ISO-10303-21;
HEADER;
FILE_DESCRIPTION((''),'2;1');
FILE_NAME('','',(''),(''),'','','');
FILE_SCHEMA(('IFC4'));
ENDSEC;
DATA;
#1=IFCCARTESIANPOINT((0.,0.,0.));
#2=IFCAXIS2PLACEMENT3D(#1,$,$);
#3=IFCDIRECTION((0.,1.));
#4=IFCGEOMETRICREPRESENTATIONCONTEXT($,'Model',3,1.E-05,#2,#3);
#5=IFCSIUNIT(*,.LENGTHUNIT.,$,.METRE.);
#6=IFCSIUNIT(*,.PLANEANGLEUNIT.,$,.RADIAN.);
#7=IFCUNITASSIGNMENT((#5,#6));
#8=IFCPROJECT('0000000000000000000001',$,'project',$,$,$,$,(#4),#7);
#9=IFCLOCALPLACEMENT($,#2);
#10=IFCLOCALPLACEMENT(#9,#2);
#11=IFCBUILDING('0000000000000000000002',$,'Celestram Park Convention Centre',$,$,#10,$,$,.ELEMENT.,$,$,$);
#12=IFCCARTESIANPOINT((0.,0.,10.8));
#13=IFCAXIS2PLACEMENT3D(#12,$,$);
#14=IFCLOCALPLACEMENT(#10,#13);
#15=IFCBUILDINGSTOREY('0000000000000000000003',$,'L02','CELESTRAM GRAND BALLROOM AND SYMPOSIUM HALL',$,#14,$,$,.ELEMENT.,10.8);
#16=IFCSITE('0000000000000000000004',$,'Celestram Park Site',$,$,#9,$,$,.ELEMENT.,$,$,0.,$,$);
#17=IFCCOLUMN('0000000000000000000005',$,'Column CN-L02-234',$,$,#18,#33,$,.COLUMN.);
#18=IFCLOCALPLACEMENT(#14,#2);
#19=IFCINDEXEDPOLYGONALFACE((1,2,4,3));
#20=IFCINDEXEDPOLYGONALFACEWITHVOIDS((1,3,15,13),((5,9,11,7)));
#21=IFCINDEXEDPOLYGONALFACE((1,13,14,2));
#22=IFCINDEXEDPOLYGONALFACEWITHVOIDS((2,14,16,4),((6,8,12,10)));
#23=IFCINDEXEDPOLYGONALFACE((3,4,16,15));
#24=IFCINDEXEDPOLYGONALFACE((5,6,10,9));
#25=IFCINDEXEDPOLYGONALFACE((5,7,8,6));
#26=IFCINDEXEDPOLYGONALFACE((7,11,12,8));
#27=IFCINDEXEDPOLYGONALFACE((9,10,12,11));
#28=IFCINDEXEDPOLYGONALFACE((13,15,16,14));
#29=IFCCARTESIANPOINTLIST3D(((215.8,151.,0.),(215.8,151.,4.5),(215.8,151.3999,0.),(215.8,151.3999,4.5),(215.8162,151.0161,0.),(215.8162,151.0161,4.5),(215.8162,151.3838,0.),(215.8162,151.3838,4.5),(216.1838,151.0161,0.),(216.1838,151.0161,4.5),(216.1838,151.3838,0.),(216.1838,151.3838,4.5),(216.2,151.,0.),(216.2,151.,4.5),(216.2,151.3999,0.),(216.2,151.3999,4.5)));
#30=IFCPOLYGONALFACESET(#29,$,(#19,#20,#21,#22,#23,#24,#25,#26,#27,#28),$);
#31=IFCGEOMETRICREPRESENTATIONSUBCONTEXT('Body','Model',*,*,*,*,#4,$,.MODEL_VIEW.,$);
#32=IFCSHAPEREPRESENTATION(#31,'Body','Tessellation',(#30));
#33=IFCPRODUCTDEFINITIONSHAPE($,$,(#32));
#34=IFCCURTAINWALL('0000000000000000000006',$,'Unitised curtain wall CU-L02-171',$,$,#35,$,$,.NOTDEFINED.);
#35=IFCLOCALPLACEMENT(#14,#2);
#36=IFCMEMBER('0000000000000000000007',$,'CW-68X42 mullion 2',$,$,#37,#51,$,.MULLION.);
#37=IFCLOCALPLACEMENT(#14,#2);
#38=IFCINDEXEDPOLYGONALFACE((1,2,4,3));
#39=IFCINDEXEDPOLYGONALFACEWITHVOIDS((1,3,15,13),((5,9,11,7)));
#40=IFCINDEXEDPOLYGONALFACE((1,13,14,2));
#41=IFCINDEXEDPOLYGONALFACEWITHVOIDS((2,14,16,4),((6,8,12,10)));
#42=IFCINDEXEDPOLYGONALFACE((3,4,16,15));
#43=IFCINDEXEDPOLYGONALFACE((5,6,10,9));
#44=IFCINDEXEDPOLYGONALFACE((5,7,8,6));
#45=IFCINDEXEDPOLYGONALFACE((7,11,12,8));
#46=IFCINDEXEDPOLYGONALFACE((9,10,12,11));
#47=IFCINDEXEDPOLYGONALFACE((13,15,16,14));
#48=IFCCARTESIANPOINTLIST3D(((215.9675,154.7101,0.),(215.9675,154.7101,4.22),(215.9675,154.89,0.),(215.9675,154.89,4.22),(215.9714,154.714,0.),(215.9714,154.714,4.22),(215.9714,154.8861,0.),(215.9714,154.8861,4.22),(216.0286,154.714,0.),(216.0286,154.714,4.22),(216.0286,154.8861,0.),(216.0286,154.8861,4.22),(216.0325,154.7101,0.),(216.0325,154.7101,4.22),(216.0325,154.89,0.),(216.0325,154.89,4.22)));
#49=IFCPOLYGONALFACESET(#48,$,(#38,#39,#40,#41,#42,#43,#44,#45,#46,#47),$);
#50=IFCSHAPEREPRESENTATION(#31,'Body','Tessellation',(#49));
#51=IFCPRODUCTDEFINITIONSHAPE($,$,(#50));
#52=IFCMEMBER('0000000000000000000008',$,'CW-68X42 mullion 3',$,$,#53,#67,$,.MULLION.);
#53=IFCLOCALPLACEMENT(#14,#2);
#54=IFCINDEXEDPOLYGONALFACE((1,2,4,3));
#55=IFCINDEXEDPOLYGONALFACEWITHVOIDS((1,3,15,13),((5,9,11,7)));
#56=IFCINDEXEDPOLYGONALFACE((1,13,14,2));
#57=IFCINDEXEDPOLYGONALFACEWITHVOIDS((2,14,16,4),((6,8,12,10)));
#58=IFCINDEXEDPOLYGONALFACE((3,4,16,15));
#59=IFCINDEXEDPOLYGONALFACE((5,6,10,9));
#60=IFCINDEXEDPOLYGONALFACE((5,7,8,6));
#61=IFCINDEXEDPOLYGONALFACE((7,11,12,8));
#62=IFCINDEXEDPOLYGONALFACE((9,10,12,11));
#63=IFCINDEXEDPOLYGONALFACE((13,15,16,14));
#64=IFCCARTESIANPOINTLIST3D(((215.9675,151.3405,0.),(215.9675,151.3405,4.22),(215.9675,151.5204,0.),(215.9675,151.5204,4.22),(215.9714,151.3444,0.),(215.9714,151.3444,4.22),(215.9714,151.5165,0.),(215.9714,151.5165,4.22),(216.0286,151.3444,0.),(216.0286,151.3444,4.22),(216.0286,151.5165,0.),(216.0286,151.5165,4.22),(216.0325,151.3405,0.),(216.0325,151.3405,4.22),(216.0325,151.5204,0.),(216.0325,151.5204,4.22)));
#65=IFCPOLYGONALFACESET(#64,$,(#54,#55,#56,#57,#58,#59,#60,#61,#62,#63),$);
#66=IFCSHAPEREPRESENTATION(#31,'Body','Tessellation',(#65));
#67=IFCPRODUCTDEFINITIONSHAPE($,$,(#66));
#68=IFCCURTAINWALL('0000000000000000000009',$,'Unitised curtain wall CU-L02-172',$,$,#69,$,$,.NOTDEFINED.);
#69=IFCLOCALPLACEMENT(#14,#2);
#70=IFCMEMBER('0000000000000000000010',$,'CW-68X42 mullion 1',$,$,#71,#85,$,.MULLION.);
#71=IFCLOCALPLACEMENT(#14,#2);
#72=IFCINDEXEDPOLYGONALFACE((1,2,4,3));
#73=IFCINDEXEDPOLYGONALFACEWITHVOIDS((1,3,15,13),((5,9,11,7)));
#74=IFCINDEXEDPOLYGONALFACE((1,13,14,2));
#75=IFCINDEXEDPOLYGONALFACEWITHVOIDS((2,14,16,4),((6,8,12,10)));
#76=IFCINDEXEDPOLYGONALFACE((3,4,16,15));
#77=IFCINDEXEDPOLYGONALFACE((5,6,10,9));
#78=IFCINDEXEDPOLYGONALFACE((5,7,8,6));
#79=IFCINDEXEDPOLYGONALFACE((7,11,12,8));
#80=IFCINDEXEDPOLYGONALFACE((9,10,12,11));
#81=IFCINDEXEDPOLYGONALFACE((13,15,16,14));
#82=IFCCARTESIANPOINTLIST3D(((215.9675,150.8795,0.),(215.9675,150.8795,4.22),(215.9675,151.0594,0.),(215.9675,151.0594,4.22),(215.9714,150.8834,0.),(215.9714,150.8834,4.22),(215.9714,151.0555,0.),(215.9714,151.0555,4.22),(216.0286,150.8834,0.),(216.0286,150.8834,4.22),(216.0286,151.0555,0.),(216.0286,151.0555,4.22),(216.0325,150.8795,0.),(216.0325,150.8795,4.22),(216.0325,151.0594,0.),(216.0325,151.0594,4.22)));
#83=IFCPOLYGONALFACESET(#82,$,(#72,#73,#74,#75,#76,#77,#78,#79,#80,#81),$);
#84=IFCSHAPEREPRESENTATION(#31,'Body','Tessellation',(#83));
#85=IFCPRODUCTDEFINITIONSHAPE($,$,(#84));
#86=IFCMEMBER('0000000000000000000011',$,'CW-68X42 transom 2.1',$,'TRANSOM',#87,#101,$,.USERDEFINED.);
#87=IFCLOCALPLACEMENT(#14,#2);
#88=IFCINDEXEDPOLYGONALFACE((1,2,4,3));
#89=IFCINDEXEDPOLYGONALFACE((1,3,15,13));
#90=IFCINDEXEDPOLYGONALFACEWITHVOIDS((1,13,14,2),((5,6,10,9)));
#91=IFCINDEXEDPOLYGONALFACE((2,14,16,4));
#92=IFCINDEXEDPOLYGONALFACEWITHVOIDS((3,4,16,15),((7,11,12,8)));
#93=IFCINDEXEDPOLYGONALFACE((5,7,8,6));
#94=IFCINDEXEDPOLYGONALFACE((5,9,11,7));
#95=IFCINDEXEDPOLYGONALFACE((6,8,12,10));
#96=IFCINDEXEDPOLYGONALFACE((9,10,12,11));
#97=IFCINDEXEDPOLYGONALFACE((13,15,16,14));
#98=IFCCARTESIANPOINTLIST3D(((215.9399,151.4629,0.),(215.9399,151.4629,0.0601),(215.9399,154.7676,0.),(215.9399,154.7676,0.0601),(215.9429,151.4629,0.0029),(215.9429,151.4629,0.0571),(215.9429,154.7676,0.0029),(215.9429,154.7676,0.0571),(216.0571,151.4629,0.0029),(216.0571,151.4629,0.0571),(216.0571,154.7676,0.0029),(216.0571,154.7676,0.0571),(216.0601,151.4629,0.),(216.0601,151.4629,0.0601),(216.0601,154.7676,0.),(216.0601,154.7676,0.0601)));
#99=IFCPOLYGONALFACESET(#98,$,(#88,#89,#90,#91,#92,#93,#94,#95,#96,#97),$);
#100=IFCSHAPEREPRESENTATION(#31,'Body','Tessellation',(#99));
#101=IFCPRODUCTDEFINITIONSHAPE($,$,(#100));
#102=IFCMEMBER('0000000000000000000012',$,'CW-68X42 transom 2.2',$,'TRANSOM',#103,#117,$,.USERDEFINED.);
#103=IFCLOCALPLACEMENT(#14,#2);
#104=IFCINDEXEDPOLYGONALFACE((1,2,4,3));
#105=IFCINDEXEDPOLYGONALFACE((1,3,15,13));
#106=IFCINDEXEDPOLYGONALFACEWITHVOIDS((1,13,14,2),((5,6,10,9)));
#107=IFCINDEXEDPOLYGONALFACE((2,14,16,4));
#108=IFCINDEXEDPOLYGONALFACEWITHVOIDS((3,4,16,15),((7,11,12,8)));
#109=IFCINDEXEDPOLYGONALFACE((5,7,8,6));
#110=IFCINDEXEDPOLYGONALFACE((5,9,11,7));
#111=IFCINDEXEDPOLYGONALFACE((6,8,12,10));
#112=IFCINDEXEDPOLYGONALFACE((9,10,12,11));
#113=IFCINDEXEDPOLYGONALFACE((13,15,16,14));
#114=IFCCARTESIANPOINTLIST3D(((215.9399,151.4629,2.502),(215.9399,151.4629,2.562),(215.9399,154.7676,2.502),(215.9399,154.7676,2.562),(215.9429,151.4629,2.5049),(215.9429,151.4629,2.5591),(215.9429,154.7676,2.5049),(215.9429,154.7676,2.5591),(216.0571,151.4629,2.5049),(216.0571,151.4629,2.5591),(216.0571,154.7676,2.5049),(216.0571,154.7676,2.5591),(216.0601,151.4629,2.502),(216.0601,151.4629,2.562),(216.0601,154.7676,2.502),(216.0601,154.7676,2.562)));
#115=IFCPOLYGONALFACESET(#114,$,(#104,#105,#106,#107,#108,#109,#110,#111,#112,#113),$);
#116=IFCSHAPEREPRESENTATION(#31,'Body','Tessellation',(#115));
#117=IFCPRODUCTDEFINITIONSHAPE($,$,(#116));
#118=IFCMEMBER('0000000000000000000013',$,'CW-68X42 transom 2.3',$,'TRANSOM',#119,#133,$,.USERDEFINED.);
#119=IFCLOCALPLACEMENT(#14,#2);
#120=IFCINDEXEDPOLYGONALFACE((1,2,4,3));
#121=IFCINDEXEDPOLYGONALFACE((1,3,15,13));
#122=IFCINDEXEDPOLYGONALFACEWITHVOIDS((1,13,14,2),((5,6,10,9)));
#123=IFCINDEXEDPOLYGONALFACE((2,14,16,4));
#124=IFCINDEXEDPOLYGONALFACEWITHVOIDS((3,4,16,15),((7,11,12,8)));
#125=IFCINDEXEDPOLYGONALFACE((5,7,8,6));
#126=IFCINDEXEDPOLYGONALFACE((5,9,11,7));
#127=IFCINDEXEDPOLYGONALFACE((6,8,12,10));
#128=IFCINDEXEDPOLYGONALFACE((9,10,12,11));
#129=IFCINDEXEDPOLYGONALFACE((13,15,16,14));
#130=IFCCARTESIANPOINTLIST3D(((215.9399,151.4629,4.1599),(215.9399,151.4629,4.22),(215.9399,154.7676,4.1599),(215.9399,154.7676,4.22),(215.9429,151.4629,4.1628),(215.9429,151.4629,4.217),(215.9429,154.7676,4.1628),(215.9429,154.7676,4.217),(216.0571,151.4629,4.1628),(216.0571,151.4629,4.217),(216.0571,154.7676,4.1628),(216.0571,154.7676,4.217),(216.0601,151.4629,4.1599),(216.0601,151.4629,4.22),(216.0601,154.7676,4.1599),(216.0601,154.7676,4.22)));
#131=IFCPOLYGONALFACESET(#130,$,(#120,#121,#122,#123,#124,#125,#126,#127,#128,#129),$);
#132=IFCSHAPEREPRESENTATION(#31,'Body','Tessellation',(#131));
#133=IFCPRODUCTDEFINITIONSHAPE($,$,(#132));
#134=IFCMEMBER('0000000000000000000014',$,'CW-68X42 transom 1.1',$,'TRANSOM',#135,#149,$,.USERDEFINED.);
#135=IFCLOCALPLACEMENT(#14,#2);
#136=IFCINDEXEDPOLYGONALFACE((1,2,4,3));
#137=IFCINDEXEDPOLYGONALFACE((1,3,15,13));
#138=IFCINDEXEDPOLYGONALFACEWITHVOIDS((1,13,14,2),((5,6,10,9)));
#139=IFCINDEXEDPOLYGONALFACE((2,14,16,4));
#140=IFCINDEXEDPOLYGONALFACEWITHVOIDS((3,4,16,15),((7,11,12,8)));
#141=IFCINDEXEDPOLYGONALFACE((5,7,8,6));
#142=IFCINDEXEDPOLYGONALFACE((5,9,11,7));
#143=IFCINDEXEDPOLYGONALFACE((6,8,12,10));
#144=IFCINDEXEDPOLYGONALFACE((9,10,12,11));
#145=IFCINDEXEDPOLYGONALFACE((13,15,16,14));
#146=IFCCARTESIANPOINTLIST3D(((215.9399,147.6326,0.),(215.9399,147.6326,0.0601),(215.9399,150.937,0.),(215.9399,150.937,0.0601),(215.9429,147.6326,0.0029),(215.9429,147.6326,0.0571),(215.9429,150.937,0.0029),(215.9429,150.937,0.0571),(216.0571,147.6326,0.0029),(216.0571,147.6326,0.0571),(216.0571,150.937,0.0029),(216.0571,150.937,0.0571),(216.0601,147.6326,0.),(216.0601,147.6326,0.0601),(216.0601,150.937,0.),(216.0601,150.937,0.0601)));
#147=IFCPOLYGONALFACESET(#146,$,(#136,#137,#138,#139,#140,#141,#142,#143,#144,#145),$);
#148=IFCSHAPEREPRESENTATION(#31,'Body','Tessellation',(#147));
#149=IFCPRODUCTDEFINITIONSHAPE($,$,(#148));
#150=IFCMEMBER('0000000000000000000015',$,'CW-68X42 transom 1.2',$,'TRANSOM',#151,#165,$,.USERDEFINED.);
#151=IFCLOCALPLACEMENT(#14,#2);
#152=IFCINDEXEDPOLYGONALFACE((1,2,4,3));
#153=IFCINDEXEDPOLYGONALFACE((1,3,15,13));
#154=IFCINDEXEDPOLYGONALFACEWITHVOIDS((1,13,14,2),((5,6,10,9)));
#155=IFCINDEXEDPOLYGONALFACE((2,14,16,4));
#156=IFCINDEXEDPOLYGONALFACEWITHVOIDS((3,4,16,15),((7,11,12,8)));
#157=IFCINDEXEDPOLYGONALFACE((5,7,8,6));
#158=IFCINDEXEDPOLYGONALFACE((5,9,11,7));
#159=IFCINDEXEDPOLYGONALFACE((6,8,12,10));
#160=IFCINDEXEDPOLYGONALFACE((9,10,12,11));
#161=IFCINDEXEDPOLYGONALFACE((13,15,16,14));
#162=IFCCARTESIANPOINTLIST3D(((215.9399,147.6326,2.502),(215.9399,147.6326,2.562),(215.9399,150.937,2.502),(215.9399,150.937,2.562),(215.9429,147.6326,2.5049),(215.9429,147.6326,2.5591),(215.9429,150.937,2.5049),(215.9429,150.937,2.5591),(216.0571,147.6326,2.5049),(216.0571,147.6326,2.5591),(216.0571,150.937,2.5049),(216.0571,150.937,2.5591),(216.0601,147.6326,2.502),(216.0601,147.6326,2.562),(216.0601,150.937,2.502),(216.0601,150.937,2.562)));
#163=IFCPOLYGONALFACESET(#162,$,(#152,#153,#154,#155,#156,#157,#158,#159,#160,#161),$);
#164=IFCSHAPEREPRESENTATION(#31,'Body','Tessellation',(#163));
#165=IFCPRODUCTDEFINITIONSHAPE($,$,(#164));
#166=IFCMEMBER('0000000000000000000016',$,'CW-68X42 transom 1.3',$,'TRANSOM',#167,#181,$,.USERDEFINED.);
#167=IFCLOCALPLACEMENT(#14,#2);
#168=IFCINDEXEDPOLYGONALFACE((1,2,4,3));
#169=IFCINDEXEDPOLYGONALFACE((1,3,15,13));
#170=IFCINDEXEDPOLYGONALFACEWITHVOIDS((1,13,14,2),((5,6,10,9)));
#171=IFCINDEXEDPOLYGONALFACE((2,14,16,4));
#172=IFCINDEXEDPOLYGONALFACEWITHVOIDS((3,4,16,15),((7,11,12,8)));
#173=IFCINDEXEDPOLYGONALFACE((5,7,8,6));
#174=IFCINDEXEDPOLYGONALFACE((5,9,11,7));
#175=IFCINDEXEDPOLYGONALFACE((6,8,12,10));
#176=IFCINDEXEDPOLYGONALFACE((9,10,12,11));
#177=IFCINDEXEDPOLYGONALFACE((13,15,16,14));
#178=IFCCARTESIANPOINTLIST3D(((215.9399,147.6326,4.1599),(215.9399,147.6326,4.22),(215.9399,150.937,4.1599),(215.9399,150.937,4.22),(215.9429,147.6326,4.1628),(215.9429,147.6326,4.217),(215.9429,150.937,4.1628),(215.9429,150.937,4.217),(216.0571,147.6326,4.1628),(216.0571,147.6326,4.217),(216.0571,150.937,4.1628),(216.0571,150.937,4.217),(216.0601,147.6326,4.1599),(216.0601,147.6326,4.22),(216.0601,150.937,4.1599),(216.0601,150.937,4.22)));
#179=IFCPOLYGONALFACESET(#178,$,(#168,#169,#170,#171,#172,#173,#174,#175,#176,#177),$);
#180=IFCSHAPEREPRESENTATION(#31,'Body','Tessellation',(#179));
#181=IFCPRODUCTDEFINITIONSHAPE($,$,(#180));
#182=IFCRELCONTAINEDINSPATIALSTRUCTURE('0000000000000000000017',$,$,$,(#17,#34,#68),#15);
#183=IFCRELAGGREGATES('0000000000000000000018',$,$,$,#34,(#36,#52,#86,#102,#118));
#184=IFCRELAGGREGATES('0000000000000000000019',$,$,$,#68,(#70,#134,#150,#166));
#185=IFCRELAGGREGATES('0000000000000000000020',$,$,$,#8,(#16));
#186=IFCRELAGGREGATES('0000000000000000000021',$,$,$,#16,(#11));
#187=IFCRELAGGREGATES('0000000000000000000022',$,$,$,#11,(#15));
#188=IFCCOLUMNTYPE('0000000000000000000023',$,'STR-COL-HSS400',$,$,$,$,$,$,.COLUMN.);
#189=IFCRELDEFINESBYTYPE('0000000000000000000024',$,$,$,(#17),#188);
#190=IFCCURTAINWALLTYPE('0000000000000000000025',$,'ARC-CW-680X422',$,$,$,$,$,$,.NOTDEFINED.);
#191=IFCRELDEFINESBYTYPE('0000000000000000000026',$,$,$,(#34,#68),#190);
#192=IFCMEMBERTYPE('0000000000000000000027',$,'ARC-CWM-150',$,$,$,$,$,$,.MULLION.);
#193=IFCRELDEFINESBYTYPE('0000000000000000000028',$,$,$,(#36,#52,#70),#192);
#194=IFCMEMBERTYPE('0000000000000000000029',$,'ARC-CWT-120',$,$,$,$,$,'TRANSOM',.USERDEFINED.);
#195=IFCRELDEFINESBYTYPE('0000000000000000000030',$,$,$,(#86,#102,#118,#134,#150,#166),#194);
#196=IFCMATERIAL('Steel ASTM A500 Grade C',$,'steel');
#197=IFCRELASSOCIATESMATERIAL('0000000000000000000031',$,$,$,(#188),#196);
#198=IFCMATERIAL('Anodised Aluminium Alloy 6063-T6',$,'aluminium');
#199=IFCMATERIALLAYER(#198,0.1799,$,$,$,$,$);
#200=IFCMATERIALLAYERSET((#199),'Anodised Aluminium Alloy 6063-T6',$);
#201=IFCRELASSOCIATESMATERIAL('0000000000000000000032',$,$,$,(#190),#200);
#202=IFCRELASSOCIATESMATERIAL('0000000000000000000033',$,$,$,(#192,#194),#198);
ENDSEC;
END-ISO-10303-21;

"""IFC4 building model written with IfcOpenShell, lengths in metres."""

from ifc_helpers import new_model, si_unit, direction, frame, origin, origin_2d, place, context, subcontext, project, spatial, hollow_rectangle, extrude, material, layer, layer_set, material_profile, profile_set, type_object, element, aggregate, save


model = new_model("IFC4")

# Units and contexts
model_context = context("Model", 3, precision=1e-05, world=origin(), true_north=direction((0.0, 1.0)))
body_context = subcontext(model_context, "Body", "Model", "MODEL_VIEW")
ifc_project = project(units=[si_unit("LENGTHUNIT", "METRE"), si_unit("PLANEANGLEUNIT", "RADIAN")], contexts=[model_context])

# Site, building, storey
site_placement = place(None, origin())
site = spatial("IfcSite", under=ifc_project, at=site_placement, Name="Celestram Park Site", CompositionType="ELEMENT", RefElevation=0.0)
building_placement = place(site_placement, origin())
building = spatial("IfcBuilding", under=site, at=building_placement, Name="Celestram Park Convention Centre", CompositionType="ELEMENT")
storey_placement = place(building_placement, frame((0.0, 0.0, 10.8)))
storey = spatial("IfcBuildingStorey", under=building, at=storey_placement, Name="L02", Description="CELESTRAM GRAND BALLROOM AND SYMPOSIUM HALL", CompositionType="ELEMENT", Elevation=10.8)

# Column
ifc_material_1 = material(Name="Steel ASTM A500 Grade C", Category="steel")
ifc_material_profile_1 = material_profile(ifc_material_1, hollow_rectangle(XDim=0.3999, YDim=0.3999, WallThickness=0.0161, at=origin_2d()), Name="HSS400X400X16")
ifc_profile_set_1 = profile_set([ifc_material_profile_1], Name="Steel ASTM A500 Grade C")
column_type = type_object("IfcColumnType", Name="STR-COL-HSS400", PredefinedType="COLUMN", material=ifc_profile_set_1)
column_placement = place(storey_placement, frame((216.0, 151.2, 0.0), z_axis=(0.0, 0.0, 1.0), x_axis=(1.0, 0.0, 0.0)))
element("IfcColumn", 1, at=column_placement, inside=storey, type_object=column_type, Name="Column CN-L02-234", PredefinedType="COLUMN", context=body_context, shape_type="SweptSolid", body=[
    extrude(hollow_rectangle(XDim=0.3999, YDim=0.3999, WallThickness=0.0161, at=origin_2d()), origin(), (0.0, 0.0, 1.0), 4.5),
])

# Curtain wall, members
ifc_material_2 = material(Name="Anodised Aluminium Alloy 6063-T6", Category="aluminium")
ifc_layer_1 = layer(ifc_material_2, 0.1799)
ifc_layer_set_1 = layer_set([ifc_layer_1], Name="Anodised Aluminium Alloy 6063-T6")
curtain_wall_type = type_object("IfcCurtainWallType", Name="ARC-CW-680X422", PredefinedType="NOTDEFINED", material=ifc_layer_set_1)
curtain_wall_1_placement = place(storey_placement, origin())
curtain_wall_1 = element("IfcCurtainWall", 2, at=curtain_wall_1_placement, inside=storey, type_object=curtain_wall_type, Name="Unitised curtain wall CU-L02-171", PredefinedType="NOTDEFINED")
ifc_material_profile_2 = material_profile(ifc_material_2, hollow_rectangle(XDim=0.0649, YDim=0.1799, WallThickness=0.0039, at=origin_2d()), Name="ALU65X180X4")
ifc_profile_set_2 = profile_set([ifc_material_profile_2], Name="Anodised Aluminium Alloy 6063-T6")
member_type_1 = type_object("IfcMemberType", Name="ARC-CWM-150", PredefinedType="MULLION", material=ifc_profile_set_2)
member_1_placement = place(storey_placement, frame((216.0, 154.8, 0.0), z_axis=(0.0, 0.0, 1.0), x_axis=(1.0, 0.0, 0.0)))
member_1 = element("IfcMember", 3, at=member_1_placement, type_object=member_type_1, Name="CW-68X42 mullion 2", PredefinedType="MULLION", context=body_context, shape_type="SweptSolid", body=[
    extrude(hollow_rectangle(XDim=0.0649, YDim=0.1799, WallThickness=0.0039, at=origin_2d()), origin(), (0.0, 0.0, 1.0), 4.22),
])
member_2_placement = place(storey_placement, frame((216.0, 151.4304, 0.0), z_axis=(0.0, 0.0, 1.0), x_axis=(1.0, 0.0, 0.0)))
member_2 = element("IfcMember", 4, at=member_2_placement, type_object=member_type_1, Name="CW-68X42 mullion 3", PredefinedType="MULLION", context=body_context, shape_type="SweptSolid", body=[
    extrude(hollow_rectangle(XDim=0.0649, YDim=0.1799, WallThickness=0.0039, at=origin_2d()), origin(), (0.0, 0.0, 1.0), 4.22),
])

# Curtain wall, member
curtain_wall_2_placement = place(storey_placement, origin())
curtain_wall_2 = element("IfcCurtainWall", 5, at=curtain_wall_2_placement, inside=storey, type_object=curtain_wall_type, Name="Unitised curtain wall CU-L02-172", PredefinedType="NOTDEFINED")
member_3_placement = place(storey_placement, frame((216.0, 150.9695, 0.0), z_axis=(0.0, 0.0, 1.0), x_axis=(1.0, 0.0, 0.0)))
member_3 = element("IfcMember", 6, at=member_3_placement, type_object=member_type_1, Name="CW-68X42 mullion 1", PredefinedType="MULLION", context=body_context, shape_type="SweptSolid", body=[
    extrude(hollow_rectangle(XDim=0.0649, YDim=0.1799, WallThickness=0.0039, at=origin_2d()), origin(), (0.0, 0.0, 1.0), 4.22),
])

# Members
ifc_material_profile_3 = material_profile(ifc_material_2, hollow_rectangle(XDim=0.1201, YDim=0.0601, WallThickness=0.0029, at=origin_2d()), Name="ALU120X60X3")
ifc_profile_set_3 = profile_set([ifc_material_profile_3], Name="Anodised Aluminium Alloy 6063-T6")
member_type_2 = type_object("IfcMemberType", Name="ARC-CWT-120", ElementType="TRANSOM", PredefinedType="USERDEFINED", material=ifc_profile_set_3)
member_4_placement = place(storey_placement, frame((216.0, 154.7676, 0.03), z_axis=(0.0, -1.0, 0.0), x_axis=(1.0, 0.0, 0.0)))
member_4 = element("IfcMember", 7, at=member_4_placement, type_object=member_type_2, Name="CW-68X42 transom 2.1", ObjectType="TRANSOM", PredefinedType="USERDEFINED", context=body_context, shape_type="SweptSolid", body=[
    extrude(hollow_rectangle(XDim=0.1201, YDim=0.0601, WallThickness=0.0029, at=origin_2d()), origin(), (0.0, 0.0, 1.0), 3.3047),
])
member_5_placement = place(storey_placement, frame((216.0, 154.7676, 2.532), z_axis=(0.0, -1.0, 0.0), x_axis=(1.0, 0.0, 0.0)))
member_5 = element("IfcMember", 8, at=member_5_placement, type_object=member_type_2, Name="CW-68X42 transom 2.2", ObjectType="TRANSOM", PredefinedType="USERDEFINED", context=body_context, shape_type="SweptSolid", body=[
    extrude(hollow_rectangle(XDim=0.1201, YDim=0.0601, WallThickness=0.0029, at=origin_2d()), origin(), (0.0, 0.0, 1.0), 3.3047),
])
member_6_placement = place(storey_placement, frame((216.0, 154.7676, 4.1899), z_axis=(0.0, -1.0, 0.0), x_axis=(1.0, 0.0, 0.0)))
member_6 = element("IfcMember", 9, at=member_6_placement, type_object=member_type_2, Name="CW-68X42 transom 2.3", ObjectType="TRANSOM", PredefinedType="USERDEFINED", context=body_context, shape_type="SweptSolid", body=[
    extrude(hollow_rectangle(XDim=0.1201, YDim=0.0601, WallThickness=0.0029, at=origin_2d()), origin(), (0.0, 0.0, 1.0), 3.3047),
])
member_7_placement = place(storey_placement, frame((216.0, 150.937, 0.03), z_axis=(0.0, -1.0, 0.0), x_axis=(1.0, 0.0, 0.0)))
member_7 = element("IfcMember", 10, at=member_7_placement, type_object=member_type_2, Name="CW-68X42 transom 1.1", ObjectType="TRANSOM", PredefinedType="USERDEFINED", context=body_context, shape_type="SweptSolid", body=[
    extrude(hollow_rectangle(XDim=0.1201, YDim=0.0601, WallThickness=0.0029, at=origin_2d()), origin(), (0.0, 0.0, 1.0), 3.3044),
])
member_8_placement = place(storey_placement, frame((216.0, 150.937, 2.532), z_axis=(0.0, -1.0, 0.0), x_axis=(1.0, 0.0, 0.0)))
member_8 = element("IfcMember", 11, at=member_8_placement, type_object=member_type_2, Name="CW-68X42 transom 1.2", ObjectType="TRANSOM", PredefinedType="USERDEFINED", context=body_context, shape_type="SweptSolid", body=[
    extrude(hollow_rectangle(XDim=0.1201, YDim=0.0601, WallThickness=0.0029, at=origin_2d()), origin(), (0.0, 0.0, 1.0), 3.3044),
])
member_9_placement = place(storey_placement, frame((216.0, 150.937, 4.1899), z_axis=(0.0, -1.0, 0.0), x_axis=(1.0, 0.0, 0.0)))
member_9 = element("IfcMember", 12, at=member_9_placement, type_object=member_type_2, Name="CW-68X42 transom 1.3", ObjectType="TRANSOM", PredefinedType="USERDEFINED", context=body_context, shape_type="SweptSolid", body=[
    extrude(hollow_rectangle(XDim=0.1201, YDim=0.0601, WallThickness=0.0029, at=origin_2d()), origin(), (0.0, 0.0, 1.0), 3.3044),
])

aggregate(curtain_wall_1, [member_1, member_2, member_4, member_5, member_6])
aggregate(curtain_wall_2, [member_3, member_7, member_8, member_9])

save(model, "model.ifc")
